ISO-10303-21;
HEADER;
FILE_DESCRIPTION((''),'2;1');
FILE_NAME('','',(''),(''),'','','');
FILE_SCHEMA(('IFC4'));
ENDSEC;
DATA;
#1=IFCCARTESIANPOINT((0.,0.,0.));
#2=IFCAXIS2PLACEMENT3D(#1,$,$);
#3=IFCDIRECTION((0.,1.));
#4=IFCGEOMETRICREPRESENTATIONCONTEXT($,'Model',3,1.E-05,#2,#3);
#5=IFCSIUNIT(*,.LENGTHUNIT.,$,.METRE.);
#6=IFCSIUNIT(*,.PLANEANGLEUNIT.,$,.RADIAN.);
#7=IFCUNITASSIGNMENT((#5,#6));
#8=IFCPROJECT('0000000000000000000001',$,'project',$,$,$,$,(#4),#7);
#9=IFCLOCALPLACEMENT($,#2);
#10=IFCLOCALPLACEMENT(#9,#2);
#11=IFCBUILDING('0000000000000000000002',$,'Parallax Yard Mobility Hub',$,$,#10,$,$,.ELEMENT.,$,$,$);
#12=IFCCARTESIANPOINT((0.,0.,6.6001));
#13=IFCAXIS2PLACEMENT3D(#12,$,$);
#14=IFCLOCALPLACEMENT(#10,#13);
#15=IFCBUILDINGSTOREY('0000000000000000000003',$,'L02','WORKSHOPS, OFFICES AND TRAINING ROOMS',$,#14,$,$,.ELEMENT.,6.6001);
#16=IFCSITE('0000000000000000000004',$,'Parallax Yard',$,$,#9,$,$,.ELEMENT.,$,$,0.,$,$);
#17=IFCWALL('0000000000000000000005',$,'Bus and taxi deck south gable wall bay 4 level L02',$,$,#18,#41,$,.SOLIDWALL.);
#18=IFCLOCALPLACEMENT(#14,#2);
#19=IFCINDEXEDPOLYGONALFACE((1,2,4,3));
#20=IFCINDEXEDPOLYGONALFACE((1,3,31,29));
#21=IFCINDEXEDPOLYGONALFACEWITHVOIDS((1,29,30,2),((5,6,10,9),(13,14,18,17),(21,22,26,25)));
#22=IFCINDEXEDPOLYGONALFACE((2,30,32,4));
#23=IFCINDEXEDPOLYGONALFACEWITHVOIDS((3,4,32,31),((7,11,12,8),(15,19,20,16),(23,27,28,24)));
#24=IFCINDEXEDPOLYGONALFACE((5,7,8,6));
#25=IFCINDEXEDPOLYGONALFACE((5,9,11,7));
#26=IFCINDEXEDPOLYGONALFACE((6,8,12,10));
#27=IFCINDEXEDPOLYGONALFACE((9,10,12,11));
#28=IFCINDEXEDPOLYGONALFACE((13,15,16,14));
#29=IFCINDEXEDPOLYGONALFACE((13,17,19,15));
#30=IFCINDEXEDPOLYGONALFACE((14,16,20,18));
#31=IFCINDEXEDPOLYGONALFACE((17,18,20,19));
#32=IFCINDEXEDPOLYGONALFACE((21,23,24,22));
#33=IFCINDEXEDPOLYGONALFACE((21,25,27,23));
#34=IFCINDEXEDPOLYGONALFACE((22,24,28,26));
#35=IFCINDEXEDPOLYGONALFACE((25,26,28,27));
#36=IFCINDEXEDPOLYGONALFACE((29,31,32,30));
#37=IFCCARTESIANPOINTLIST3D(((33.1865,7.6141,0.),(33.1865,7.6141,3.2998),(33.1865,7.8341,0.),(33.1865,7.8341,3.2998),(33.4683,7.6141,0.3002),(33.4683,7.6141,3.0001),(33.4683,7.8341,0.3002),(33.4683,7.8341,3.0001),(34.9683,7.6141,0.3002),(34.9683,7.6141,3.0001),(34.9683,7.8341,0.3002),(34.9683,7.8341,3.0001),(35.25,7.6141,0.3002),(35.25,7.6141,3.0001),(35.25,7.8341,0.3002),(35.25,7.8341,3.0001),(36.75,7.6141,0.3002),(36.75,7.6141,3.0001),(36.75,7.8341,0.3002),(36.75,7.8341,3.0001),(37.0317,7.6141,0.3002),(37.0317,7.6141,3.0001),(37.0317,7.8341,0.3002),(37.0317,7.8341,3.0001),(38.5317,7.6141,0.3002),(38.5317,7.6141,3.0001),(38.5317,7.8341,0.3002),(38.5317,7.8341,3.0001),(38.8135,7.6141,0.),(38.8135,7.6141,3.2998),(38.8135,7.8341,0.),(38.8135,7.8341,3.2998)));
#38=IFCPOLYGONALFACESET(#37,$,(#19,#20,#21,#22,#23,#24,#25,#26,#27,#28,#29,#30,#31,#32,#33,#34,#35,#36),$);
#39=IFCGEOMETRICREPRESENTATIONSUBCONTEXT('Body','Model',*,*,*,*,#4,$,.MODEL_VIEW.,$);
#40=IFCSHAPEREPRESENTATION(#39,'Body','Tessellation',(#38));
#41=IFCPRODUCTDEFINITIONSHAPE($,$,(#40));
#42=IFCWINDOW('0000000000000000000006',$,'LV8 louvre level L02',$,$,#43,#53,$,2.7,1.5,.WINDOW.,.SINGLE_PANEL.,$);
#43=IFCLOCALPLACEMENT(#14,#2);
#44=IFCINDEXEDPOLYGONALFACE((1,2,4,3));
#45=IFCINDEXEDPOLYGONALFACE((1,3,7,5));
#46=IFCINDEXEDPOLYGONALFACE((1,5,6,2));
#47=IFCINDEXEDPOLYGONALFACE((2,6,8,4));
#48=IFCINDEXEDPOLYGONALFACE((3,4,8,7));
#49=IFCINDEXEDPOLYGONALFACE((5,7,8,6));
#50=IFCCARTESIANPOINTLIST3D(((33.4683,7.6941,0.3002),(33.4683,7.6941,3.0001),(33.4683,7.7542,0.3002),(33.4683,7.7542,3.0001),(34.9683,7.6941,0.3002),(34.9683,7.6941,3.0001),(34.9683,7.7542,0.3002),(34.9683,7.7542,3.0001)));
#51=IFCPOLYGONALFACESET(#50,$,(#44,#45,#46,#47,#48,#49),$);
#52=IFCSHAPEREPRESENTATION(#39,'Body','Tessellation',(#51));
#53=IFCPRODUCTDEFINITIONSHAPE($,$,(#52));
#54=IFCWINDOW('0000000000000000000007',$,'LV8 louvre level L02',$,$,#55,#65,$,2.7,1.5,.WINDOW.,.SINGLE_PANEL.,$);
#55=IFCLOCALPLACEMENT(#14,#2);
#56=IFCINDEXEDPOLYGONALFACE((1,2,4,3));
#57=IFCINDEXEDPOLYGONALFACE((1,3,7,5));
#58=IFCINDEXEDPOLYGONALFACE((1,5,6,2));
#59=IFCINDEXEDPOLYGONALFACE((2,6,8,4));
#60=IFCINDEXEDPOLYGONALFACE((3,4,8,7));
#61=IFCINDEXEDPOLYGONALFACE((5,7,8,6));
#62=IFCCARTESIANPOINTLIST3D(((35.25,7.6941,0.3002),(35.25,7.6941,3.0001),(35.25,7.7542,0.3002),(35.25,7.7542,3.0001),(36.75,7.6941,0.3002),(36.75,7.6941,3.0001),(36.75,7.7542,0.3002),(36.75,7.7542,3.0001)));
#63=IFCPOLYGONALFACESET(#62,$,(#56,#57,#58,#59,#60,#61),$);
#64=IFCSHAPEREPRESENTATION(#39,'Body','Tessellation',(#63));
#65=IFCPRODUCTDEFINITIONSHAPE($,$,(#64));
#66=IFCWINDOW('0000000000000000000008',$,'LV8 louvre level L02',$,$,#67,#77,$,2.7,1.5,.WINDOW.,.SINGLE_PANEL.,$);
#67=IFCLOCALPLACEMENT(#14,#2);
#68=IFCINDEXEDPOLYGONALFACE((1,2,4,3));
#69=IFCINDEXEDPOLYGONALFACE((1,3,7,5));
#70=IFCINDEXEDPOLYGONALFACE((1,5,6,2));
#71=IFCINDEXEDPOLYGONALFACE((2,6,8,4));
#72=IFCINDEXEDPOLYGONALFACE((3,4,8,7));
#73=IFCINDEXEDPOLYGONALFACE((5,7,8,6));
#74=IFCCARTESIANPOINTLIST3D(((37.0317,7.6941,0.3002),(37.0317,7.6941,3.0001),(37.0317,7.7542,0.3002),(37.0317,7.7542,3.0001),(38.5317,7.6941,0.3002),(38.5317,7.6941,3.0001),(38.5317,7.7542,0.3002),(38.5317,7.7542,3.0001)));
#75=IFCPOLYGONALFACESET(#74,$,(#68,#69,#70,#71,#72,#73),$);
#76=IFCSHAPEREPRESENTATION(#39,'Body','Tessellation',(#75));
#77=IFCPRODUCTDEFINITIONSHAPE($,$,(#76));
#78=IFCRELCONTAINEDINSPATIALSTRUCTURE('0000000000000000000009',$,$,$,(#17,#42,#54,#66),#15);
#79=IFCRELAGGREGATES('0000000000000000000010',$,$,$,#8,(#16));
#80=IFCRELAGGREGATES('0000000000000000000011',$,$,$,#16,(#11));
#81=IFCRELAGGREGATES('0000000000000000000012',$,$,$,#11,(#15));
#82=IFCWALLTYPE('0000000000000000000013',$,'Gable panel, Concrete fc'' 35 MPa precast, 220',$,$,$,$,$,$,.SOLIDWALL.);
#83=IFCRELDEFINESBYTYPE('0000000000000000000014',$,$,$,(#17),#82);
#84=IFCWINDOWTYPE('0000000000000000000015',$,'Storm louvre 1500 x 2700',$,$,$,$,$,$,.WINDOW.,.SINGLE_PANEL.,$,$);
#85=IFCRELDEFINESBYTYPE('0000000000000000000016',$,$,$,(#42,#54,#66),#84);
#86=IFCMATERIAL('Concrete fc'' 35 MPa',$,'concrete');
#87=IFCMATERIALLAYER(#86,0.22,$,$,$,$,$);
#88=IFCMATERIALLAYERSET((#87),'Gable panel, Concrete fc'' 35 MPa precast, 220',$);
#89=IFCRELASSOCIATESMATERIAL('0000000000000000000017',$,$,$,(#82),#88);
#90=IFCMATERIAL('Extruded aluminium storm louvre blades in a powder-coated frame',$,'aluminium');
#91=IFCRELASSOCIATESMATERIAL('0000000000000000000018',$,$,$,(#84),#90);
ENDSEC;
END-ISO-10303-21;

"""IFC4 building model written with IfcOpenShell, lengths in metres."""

from ifc_helpers import new_model, si_unit, direction, frame, frame_2d, origin, place, context, subcontext, project, spatial, rectangle, extrude, material, layer, layer_set, type_object, element, fill, save


model = new_model("IFC4")

# Units and contexts
model_context = context("Model", 3, precision=1e-05, world=origin(), true_north=direction((0.0, 1.0)))
body_context = subcontext(model_context, "Body", "Model", "MODEL_VIEW")
ifc_project = project(units=[si_unit("LENGTHUNIT", "METRE"), si_unit("PLANEANGLEUNIT", "RADIAN")], contexts=[model_context])

# Site, building, storey
site_placement = place(None, origin())
site = spatial("IfcSite", under=ifc_project, at=site_placement, Name="Parallax Yard", CompositionType="ELEMENT", RefElevation=0.0)
building_placement = place(site_placement, origin())
building = spatial("IfcBuilding", under=site, at=building_placement, Name="Parallax Yard Mobility Hub", CompositionType="ELEMENT")
storey_placement = place(building_placement, frame((0.0, 0.0, 6.6001)))
storey = spatial("IfcBuildingStorey", under=building, at=storey_placement, Name="L02", Description="WORKSHOPS, OFFICES AND TRAINING ROOMS", CompositionType="ELEMENT", Elevation=6.6001)

# Wall, openings, windows
ifc_material_1 = material(Name="Concrete fc' 35 MPa", Category="concrete")
ifc_layer = layer(ifc_material_1, 0.22)
ifc_layer_set = layer_set([ifc_layer], Name="Gable panel, Concrete fc' 35 MPa precast, 220")
wall_type = type_object("IfcWallType", Name="Gable panel, Concrete fc' 35 MPa precast, 220", PredefinedType="SOLIDWALL", material=ifc_layer_set)
ifc_material_2 = material(Name="Extruded aluminium storm louvre blades in a powder-coated frame", Category="aluminium")
window_type = type_object("IfcWindowType", Name="Storm louvre 1500 x 2700", PartitioningType="SINGLE_PANEL", PredefinedType="WINDOW", material=ifc_material_2)
wall_1_placement = place(storey_placement, frame((33.1865, 7.7241, 0.0), z_axis=(0.0, 0.0, 1.0), x_axis=(1.0, 0.0, 0.0)))
wall_1 = element("IfcWall", 1, at=wall_1_placement, inside=storey, type_object=wall_type, Name="Bus and taxi deck south gable wall bay 4 level L02", PredefinedType="SOLIDWALL", context=body_context, shape_type="SweptSolid", body=[
    extrude(rectangle(XDim=5.627, YDim=0.22, at=frame_2d((2.8135, 0.0))), origin(), (0.0, 0.0, 1.0), 3.2998),
])
opening_1_placement = place(wall_1_placement, frame((0.2817, 0.0, 0.3)))
opening_1 = element("IfcOpeningElement", 2, at=opening_1_placement, cuts=wall_1, PredefinedType="OPENING", context=body_context, shape_type="SweptSolid", body=[
    extrude(rectangle(XDim=1.5, YDim=2.7, at=frame_2d((0.75, 1.3501))), frame((0.0, 0.1201, 0.0), z_axis=(0.0, -1.0, 0.0), x_axis=(1.0, 0.0, 0.0)), (0.0, 0.0, 1.0), 0.24),
])
opening_2_placement = place(wall_1_placement, frame((2.0635, 0.0, 0.3)))
opening_2 = element("IfcOpeningElement", 3, at=opening_2_placement, cuts=wall_1, PredefinedType="OPENING", context=body_context, shape_type="SweptSolid", body=[
    extrude(rectangle(XDim=1.5, YDim=2.7, at=frame_2d((0.75, 1.3501))), frame((0.0, 0.1201, 0.0), z_axis=(0.0, -1.0, 0.0), x_axis=(1.0, 0.0, 0.0)), (0.0, 0.0, 1.0), 0.24),
])
opening_3_placement = place(wall_1_placement, frame((3.8452, 0.0, 0.3)))
opening_3 = element("IfcOpeningElement", 4, at=opening_3_placement, cuts=wall_1, PredefinedType="OPENING", context=body_context, shape_type="SweptSolid", body=[
    extrude(rectangle(XDim=1.5, YDim=2.7, at=frame_2d((0.75, 1.3501))), frame((0.0, 0.1201, 0.0), z_axis=(0.0, -1.0, 0.0), x_axis=(1.0, 0.0, 0.0)), (0.0, 0.0, 1.0), 0.24),
])
window_1_placement = place(opening_1_placement, origin())
window_1 = element("IfcWindow", 5, at=window_1_placement, inside=storey, type_object=window_type, Name="LV8 louvre level L02", OverallHeight=2.7, OverallWidth=1.5, PartitioningType="SINGLE_PANEL", PredefinedType="WINDOW", context=body_context, shape_type="SweptSolid", body=[
    extrude(rectangle(XDim=1.5, YDim=2.7, at=frame_2d((0.75, 1.3501))), frame((0.0, 0.03, 0.0), z_axis=(0.0, -1.0, 0.0), x_axis=(1.0, 0.0, 0.0)), (0.0, 0.0, 1.0), 0.0601),
])
fill(opening_1, window_1)
window_2_placement = place(opening_2_placement, origin())
window_2 = element("IfcWindow", 6, at=window_2_placement, inside=storey, type_object=window_type, Name="LV8 louvre level L02", OverallHeight=2.7, OverallWidth=1.5, PartitioningType="SINGLE_PANEL", PredefinedType="WINDOW", context=body_context, shape_type="SweptSolid", body=[
    extrude(rectangle(XDim=1.5, YDim=2.7, at=frame_2d((0.75, 1.3501))), frame((0.0, 0.03, 0.0), z_axis=(0.0, -1.0, 0.0), x_axis=(1.0, 0.0, 0.0)), (0.0, 0.0, 1.0), 0.0601),
])
fill(opening_2, window_2)
window_3_placement = place(opening_3_placement, origin())
window_3 = element("IfcWindow", 7, at=window_3_placement, inside=storey, type_object=window_type, Name="LV8 louvre level L02", OverallHeight=2.7, OverallWidth=1.5, PartitioningType="SINGLE_PANEL", PredefinedType="WINDOW", context=body_context, shape_type="SweptSolid", body=[
    extrude(rectangle(XDim=1.5, YDim=2.7, at=frame_2d((0.75, 1.3501))), frame((0.0, 0.03, 0.0), z_axis=(0.0, -1.0, 0.0), x_axis=(1.0, 0.0, 0.0)), (0.0, 0.0, 1.0), 0.0601),
])
fill(opening_3, window_3)

save(model, "model.ifc")
